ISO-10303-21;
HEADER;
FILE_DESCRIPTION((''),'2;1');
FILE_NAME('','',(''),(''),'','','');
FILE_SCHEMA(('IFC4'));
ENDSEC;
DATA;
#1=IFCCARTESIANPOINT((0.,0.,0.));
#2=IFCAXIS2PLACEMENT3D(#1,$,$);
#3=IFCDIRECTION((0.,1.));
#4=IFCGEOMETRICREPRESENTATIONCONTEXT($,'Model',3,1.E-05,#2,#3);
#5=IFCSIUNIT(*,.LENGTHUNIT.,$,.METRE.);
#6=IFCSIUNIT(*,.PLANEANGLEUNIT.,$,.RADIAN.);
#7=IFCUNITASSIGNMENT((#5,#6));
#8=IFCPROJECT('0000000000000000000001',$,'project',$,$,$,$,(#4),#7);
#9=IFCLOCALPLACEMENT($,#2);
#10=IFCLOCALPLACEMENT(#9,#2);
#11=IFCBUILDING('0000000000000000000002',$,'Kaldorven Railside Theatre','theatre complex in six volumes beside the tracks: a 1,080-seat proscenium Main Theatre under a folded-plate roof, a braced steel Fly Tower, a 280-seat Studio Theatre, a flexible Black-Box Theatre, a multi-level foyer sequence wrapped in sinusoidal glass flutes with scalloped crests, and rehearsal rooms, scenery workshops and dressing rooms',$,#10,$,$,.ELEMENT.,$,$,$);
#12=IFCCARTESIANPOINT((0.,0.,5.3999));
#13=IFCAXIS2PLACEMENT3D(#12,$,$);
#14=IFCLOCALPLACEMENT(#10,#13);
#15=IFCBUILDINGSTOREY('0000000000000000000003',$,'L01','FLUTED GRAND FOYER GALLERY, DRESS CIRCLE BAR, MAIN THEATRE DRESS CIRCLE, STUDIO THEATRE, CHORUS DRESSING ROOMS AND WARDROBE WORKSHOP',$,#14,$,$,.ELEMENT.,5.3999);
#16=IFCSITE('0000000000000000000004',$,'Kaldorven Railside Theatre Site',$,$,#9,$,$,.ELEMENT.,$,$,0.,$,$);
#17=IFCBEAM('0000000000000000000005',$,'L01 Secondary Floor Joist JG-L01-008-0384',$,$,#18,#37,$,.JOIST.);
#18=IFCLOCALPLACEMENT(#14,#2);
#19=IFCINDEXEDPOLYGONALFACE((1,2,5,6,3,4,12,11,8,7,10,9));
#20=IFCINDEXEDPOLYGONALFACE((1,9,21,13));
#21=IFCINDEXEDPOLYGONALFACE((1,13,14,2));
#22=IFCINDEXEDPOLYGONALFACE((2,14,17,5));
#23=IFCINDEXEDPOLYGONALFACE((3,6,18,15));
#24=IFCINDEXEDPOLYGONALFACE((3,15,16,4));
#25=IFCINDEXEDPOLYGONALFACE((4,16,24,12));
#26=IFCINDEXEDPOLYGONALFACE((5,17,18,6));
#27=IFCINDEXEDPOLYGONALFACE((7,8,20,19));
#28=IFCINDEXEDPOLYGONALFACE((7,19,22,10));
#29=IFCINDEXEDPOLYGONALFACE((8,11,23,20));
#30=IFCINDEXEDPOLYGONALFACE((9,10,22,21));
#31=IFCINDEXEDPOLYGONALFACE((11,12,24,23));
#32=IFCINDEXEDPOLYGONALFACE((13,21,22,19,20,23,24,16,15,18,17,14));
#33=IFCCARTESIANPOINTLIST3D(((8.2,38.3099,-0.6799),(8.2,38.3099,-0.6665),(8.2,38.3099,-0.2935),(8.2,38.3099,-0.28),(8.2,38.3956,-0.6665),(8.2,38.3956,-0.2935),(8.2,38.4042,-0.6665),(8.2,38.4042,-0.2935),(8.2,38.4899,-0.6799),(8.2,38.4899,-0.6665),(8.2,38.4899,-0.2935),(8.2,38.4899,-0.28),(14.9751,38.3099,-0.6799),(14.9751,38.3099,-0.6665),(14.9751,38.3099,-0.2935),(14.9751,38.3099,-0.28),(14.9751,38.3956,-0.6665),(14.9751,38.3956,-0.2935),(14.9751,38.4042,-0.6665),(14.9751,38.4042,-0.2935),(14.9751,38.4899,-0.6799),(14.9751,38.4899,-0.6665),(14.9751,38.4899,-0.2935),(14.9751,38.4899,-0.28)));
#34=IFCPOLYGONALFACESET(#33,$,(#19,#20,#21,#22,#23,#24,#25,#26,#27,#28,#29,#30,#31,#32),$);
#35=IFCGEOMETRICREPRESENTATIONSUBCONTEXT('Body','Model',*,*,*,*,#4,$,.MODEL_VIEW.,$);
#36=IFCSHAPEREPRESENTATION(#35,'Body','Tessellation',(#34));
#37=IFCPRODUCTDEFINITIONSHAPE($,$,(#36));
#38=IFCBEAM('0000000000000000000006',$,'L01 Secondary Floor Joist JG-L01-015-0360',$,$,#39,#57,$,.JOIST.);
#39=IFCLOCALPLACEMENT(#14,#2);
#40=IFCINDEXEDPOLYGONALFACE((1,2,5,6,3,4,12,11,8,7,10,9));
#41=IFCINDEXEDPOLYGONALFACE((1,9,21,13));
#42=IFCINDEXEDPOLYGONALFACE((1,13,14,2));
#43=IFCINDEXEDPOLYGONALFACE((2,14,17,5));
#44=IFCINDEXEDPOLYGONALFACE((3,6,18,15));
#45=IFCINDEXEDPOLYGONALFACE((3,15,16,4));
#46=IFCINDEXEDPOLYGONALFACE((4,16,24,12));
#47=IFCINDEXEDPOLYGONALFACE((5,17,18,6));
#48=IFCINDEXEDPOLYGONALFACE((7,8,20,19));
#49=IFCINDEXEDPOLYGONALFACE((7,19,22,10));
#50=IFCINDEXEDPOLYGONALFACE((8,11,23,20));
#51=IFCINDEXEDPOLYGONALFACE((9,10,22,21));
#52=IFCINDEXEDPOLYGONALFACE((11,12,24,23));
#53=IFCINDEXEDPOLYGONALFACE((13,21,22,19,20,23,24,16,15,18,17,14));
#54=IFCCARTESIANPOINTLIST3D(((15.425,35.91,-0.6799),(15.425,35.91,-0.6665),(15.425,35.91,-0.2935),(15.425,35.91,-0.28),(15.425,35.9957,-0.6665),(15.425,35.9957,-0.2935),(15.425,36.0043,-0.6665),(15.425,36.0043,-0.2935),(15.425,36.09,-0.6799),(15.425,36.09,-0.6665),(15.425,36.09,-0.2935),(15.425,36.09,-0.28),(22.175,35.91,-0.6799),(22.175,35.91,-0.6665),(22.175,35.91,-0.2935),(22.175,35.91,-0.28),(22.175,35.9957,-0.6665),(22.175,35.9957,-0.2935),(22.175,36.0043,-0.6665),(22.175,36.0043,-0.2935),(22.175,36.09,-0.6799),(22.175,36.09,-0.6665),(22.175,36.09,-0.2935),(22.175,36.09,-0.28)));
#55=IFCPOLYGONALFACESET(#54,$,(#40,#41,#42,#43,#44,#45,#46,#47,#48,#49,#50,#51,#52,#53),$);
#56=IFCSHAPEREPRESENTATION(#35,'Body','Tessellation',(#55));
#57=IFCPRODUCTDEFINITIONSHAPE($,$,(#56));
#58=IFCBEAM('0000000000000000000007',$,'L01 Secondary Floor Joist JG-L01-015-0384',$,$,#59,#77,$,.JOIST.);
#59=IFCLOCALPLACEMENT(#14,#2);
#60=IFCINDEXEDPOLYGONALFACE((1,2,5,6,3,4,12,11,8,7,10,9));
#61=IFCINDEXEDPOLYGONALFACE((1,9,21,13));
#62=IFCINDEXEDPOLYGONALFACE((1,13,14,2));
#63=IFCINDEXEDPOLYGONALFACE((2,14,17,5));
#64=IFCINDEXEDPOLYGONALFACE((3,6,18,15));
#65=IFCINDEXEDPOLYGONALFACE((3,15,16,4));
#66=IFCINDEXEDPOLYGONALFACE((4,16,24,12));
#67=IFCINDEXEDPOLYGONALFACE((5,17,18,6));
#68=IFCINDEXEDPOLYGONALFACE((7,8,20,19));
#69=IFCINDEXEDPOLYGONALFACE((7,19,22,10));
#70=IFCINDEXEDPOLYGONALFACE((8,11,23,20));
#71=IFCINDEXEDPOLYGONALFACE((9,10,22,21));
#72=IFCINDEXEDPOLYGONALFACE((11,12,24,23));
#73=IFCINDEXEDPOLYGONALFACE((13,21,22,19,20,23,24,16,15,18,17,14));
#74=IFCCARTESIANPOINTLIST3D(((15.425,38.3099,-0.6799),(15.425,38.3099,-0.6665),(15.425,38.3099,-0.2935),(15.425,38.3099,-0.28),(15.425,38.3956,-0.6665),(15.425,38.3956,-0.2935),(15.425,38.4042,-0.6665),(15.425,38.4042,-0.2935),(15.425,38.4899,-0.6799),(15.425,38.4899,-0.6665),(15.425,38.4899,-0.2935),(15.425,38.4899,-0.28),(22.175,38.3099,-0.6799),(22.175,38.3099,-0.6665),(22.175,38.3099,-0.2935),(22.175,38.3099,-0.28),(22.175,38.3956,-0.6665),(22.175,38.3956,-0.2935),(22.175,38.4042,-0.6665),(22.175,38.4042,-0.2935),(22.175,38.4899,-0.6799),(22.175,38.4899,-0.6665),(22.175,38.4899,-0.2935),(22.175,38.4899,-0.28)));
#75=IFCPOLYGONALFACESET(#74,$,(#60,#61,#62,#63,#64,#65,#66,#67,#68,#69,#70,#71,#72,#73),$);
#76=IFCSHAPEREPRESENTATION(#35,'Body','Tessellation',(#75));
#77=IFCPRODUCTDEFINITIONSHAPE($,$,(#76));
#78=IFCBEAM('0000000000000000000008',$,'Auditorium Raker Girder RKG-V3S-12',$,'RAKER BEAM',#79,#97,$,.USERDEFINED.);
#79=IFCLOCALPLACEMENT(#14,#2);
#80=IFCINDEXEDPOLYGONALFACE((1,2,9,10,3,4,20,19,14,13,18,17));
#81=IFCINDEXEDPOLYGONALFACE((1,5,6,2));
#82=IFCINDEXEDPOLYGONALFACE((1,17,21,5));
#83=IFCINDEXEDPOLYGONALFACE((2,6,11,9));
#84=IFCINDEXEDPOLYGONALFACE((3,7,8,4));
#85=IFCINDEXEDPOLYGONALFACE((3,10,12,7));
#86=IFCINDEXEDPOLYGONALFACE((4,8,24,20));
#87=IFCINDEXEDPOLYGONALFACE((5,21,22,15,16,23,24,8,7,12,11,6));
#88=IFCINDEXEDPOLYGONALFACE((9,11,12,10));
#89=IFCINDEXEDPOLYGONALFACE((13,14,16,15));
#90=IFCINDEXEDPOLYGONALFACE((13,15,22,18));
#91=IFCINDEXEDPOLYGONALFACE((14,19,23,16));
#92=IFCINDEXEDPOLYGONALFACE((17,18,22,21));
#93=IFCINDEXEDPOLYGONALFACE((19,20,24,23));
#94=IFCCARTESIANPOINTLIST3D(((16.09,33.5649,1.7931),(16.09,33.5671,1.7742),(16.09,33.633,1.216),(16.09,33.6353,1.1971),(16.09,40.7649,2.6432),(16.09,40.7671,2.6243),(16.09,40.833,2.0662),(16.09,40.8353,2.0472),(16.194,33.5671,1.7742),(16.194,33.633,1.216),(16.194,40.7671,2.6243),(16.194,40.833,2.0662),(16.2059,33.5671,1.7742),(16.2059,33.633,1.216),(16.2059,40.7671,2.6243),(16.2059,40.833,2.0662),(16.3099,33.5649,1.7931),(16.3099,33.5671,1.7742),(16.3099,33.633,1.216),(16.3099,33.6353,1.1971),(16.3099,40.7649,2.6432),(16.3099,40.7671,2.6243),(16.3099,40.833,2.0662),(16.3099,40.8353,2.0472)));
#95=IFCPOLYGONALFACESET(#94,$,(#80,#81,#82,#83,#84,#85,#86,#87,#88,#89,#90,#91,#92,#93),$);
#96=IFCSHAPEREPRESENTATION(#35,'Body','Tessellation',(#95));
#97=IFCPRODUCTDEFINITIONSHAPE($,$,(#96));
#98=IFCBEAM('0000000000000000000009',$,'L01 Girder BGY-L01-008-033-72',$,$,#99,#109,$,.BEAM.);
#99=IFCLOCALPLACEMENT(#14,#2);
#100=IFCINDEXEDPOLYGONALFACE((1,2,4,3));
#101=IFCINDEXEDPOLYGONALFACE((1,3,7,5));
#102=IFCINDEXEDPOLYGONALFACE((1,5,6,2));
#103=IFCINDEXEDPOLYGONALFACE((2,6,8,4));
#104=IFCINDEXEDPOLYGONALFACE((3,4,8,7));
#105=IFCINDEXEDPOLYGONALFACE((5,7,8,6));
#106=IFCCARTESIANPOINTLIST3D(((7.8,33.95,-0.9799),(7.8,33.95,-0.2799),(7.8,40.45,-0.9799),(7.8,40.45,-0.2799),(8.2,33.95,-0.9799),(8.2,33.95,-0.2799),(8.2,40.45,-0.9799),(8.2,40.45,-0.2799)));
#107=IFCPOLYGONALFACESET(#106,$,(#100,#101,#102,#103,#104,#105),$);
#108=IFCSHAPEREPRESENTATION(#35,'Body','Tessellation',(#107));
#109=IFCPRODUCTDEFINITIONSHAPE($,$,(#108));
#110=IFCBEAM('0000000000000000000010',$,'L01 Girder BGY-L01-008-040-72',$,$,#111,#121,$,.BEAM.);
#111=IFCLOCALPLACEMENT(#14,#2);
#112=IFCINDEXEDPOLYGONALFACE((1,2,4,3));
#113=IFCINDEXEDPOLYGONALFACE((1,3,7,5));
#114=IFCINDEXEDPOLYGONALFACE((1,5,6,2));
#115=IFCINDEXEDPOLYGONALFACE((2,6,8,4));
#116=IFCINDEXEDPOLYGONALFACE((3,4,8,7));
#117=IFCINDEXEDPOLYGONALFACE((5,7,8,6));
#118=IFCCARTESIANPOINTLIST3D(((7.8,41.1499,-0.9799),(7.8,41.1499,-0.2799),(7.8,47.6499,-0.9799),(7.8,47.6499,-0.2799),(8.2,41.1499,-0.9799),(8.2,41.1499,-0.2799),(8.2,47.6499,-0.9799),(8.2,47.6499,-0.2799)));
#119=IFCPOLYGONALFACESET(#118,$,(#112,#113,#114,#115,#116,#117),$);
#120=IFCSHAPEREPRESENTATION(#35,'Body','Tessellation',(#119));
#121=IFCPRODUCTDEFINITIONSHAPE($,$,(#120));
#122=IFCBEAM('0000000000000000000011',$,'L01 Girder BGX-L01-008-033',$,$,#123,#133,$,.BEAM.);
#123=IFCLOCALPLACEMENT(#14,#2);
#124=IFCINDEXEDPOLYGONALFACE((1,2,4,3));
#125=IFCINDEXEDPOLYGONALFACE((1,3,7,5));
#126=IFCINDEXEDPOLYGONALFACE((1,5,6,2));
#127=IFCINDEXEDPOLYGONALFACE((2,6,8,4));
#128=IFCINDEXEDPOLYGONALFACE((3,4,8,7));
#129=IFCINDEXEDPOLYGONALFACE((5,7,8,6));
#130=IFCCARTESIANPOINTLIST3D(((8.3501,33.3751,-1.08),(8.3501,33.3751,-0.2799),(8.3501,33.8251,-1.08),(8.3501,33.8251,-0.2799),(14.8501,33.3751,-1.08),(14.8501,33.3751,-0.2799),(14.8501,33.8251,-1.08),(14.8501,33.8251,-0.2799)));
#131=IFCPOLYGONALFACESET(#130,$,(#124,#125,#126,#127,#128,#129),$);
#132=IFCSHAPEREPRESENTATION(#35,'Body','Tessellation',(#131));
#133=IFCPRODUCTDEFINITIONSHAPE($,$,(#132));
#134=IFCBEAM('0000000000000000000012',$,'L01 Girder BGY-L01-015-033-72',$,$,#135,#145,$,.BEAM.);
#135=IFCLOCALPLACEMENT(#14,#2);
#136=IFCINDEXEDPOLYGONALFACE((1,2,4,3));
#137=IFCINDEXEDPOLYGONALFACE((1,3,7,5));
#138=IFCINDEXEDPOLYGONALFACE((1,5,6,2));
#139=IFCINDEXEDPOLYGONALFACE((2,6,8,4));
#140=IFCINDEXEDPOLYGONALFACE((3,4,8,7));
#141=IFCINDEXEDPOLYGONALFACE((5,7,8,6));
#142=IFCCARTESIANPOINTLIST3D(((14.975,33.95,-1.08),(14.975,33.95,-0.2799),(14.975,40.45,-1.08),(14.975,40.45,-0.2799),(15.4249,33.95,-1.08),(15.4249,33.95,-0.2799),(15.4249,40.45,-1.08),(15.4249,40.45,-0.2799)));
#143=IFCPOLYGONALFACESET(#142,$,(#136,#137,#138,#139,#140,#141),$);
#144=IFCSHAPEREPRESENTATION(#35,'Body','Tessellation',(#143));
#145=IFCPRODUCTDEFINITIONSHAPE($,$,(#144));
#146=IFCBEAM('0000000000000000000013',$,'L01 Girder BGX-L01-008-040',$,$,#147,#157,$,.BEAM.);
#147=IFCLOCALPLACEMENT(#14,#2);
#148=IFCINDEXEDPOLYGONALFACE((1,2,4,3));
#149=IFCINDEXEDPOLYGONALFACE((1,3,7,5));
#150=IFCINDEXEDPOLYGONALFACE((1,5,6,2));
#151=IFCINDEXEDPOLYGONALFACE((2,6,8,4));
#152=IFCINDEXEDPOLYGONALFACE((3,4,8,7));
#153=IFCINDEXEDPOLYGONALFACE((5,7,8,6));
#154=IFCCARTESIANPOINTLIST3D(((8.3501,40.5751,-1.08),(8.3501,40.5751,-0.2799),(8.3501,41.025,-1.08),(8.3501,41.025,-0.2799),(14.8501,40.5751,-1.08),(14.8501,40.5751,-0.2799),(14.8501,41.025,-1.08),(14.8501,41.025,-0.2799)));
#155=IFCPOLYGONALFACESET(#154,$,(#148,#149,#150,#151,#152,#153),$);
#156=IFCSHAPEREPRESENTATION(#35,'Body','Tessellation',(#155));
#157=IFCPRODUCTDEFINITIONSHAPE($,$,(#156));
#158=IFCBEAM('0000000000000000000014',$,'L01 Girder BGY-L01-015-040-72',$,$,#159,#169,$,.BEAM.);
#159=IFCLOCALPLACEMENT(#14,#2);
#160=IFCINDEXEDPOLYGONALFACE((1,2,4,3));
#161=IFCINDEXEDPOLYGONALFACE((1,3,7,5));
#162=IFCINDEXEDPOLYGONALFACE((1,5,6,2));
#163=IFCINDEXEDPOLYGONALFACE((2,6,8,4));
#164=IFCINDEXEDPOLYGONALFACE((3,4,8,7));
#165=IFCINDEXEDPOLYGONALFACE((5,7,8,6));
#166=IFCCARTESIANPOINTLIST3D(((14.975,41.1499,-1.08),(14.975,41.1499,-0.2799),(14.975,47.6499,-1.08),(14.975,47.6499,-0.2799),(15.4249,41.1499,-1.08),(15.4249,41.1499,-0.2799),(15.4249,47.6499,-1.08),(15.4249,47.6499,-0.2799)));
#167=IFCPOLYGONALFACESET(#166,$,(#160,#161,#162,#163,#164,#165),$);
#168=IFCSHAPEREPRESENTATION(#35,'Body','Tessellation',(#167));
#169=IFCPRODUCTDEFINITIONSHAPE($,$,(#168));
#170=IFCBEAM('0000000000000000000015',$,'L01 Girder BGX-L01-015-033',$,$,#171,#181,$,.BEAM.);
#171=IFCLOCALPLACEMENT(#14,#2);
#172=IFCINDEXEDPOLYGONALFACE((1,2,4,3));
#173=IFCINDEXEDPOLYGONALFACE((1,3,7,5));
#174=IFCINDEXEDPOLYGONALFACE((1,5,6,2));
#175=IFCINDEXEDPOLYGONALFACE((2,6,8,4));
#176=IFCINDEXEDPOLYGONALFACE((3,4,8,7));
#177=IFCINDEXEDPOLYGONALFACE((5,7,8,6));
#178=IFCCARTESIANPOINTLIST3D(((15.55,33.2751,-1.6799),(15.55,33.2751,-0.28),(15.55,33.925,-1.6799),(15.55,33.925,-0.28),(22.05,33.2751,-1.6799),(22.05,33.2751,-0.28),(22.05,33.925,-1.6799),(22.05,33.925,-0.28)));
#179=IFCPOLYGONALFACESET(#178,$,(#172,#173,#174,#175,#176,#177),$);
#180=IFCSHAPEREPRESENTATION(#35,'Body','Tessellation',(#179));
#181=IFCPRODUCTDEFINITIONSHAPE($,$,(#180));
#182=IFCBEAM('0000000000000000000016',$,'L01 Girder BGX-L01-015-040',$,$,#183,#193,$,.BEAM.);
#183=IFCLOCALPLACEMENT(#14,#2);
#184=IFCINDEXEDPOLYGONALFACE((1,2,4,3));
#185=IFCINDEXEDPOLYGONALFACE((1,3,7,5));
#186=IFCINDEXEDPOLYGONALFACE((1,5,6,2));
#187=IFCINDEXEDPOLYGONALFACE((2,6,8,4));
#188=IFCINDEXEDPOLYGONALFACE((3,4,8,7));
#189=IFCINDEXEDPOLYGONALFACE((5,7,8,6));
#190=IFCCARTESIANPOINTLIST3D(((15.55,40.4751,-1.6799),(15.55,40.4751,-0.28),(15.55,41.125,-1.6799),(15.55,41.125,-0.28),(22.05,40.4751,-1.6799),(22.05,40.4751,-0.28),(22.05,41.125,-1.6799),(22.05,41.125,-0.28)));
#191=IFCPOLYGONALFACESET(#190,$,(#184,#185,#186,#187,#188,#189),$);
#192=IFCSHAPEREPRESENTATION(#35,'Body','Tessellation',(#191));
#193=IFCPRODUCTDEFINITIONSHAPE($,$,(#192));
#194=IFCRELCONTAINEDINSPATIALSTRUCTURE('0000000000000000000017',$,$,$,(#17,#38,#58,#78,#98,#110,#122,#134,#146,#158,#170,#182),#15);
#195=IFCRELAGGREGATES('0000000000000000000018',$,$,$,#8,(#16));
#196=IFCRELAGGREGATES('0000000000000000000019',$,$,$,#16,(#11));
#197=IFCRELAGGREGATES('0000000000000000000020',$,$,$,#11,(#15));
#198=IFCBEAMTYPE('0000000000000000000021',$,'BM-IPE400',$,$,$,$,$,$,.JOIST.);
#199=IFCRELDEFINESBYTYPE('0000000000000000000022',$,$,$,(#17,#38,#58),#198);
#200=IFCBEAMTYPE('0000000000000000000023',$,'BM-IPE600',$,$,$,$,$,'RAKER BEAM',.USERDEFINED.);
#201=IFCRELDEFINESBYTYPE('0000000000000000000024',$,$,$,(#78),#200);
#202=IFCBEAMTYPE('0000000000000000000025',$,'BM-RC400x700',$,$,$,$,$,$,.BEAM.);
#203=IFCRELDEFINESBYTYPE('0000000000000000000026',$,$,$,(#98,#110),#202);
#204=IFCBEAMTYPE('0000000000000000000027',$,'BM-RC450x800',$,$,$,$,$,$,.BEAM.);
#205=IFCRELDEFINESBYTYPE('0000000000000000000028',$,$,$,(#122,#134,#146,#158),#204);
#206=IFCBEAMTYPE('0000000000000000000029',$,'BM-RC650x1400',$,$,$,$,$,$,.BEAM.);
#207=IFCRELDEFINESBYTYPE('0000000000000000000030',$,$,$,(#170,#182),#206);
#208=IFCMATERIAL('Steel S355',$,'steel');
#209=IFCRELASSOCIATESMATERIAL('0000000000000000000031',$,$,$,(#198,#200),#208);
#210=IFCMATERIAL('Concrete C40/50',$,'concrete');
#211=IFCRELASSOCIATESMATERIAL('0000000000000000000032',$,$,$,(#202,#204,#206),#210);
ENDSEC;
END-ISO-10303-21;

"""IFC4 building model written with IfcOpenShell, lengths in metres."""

from ifc_helpers import new_model, si_unit, direction, frame, origin, origin_2d, place, context, subcontext, project, spatial, rectangle, i_section, extrude, material, material_profile, profile_set, type_object, element, save


model = new_model("IFC4")

# Units and contexts
model_context = context("Model", 3, precision=1e-05, world=origin(), true_north=direction((0.0, 1.0)))
body_context = subcontext(model_context, "Body", "Model", "MODEL_VIEW")
ifc_project = project(units=[si_unit("LENGTHUNIT", "METRE"), si_unit("PLANEANGLEUNIT", "RADIAN")], contexts=[model_context])

# Site, building, storey
site_placement = place(None, origin())
site = spatial("IfcSite", under=ifc_project, at=site_placement, Name="Kaldorven Railside Theatre Site", CompositionType="ELEMENT", RefElevation=0.0)
building_placement = place(site_placement, origin())
building = spatial("IfcBuilding", under=site, at=building_placement, Name="Kaldorven Railside Theatre", Description="theatre complex in six volumes beside the tracks: a 1,080-seat proscenium Main Theatre under a folded-plate roof, a braced steel Fly Tower, a 280-seat Studio Theatre, a flexible Black-Box Theatre, a multi-level foyer sequence wrapped in sinusoidal glass flutes with scalloped crests, and rehearsal rooms, scenery workshops and dressing rooms", CompositionType="ELEMENT")
storey_placement = place(building_placement, frame((0.0, 0.0, 5.3999)))
storey = spatial("IfcBuildingStorey", under=building, at=storey_placement, Name="L01", Description="FLUTED GRAND FOYER GALLERY, DRESS CIRCLE BAR, MAIN THEATRE DRESS CIRCLE, STUDIO THEATRE, CHORUS DRESSING ROOMS AND WARDROBE WORKSHOP", CompositionType="ELEMENT", Elevation=5.3999)

# Shared definitions
ifc_material_1 = material(Name="Steel S355", Category="steel")
ifc_material_2 = material(Name="Concrete C40/50", Category="concrete")

# Beams
ifc_material_profile_1 = material_profile(ifc_material_1, i_section(OverallWidth=0.1799, OverallDepth=0.3999, WebThickness=0.0085, FlangeThickness=0.0134, at=origin_2d()), Name="IPE 400")
ifc_profile_set_1 = profile_set([ifc_material_profile_1], Name="Steel S355")
beam_type_1 = type_object("IfcBeamType", Name="BM-IPE400", PredefinedType="JOIST", material=ifc_profile_set_1)
for number, where, z_axis, x_axis, name in (
    (1, (8.2, 38.3999, -0.48), (1.0, 0.0, 0.0), (0.0, 1.0, 0.0), "L01 Secondary Floor Joist JG-L01-008-0384"),
):
    element("IfcBeam", number, at=place(storey_placement, frame(where, z_axis=z_axis, x_axis=x_axis)), inside=storey, type_object=beam_type_1, Name=name, PredefinedType="JOIST", context=body_context, shape_type="SweptSolid", body=[
        extrude(i_section(OverallWidth=0.1799, OverallDepth=0.3999, WebThickness=0.0085, FlangeThickness=0.0134, at=origin_2d()), origin(), (0.0, 0.0, 1.0), 6.7751),
    ])
for number, where, z_axis, x_axis, name in (
    (2, (15.425, 36.0, -0.48), (1.0, 0.0, 0.0), (0.0, 1.0, 0.0), "L01 Secondary Floor Joist JG-L01-015-0360"),
    (3, (15.425, 38.3999, -0.48), (1.0, 0.0, 0.0), (0.0, 1.0, 0.0), "L01 Secondary Floor Joist JG-L01-015-0384"),
):
    element("IfcBeam", number, at=place(storey_placement, frame(where, z_axis=z_axis, x_axis=x_axis)), inside=storey, type_object=beam_type_1, Name=name, PredefinedType="JOIST", context=body_context, shape_type="SweptSolid", body=[
        extrude(i_section(OverallWidth=0.1799, OverallDepth=0.3999, WebThickness=0.0085, FlangeThickness=0.0134, at=origin_2d()), origin(), (0.0, 0.0, 1.0), 6.75),
    ])
ifc_material_profile_2 = material_profile(ifc_material_1, i_section(OverallWidth=0.22, OverallDepth=0.6001, WebThickness=0.012, FlangeThickness=0.019, at=origin_2d()), Name="IPE 600")
ifc_profile_set_2 = profile_set([ifc_material_profile_2], Name="Steel S355")
beam_type_2 = type_object("IfcBeamType", Name="BM-IPE600", ElementType="RAKER BEAM", PredefinedType="USERDEFINED", material=ifc_profile_set_2)
beam_placement = place(storey_placement, frame((16.2, 33.6001, 1.4951), z_axis=(0.0, 0.993102, 0.117255), x_axis=(-1.0, 0.0, 0.0)))
element("IfcBeam", 4, at=beam_placement, inside=storey, type_object=beam_type_2, Name="Auditorium Raker Girder RKG-V3S-12", ObjectType="RAKER BEAM", PredefinedType="USERDEFINED", context=body_context, shape_type="SweptSolid", body=[
    extrude(i_section(OverallWidth=0.22, OverallDepth=0.6001, WebThickness=0.012, FlangeThickness=0.019, at=origin_2d()), origin(), (0.0, 0.0, 1.0), 7.25),
])
ifc_material_profile_3 = material_profile(ifc_material_2, rectangle(XDim=0.3999, YDim=0.7, at=origin_2d()), Name="RC 400x700")
ifc_profile_set_3 = profile_set([ifc_material_profile_3], Name="Concrete C40/50")
beam_type_3 = type_object("IfcBeamType", Name="BM-RC400x700", PredefinedType="BEAM", material=ifc_profile_set_3)
for number, where, z_axis, x_axis, name in (
    (5, (8.0, 33.95, -0.6299), (0.0, 1.0, 0.0), (-1.0, 0.0, 0.0), "L01 Girder BGY-L01-008-033-72"),
    (6, (8.0, 41.1499, -0.6299), (0.0, 1.0, 0.0), (-1.0, 0.0, 0.0), "L01 Girder BGY-L01-008-040-72"),
):
    element("IfcBeam", number, at=place(storey_placement, frame(where, z_axis=z_axis, x_axis=x_axis)), inside=storey, type_object=beam_type_3, Name=name, PredefinedType="BEAM", context=body_context, shape_type="SweptSolid", body=[
        extrude(rectangle(XDim=0.3999, YDim=0.7, at=origin_2d()), origin(), (0.0, 0.0, 1.0), 6.5),
    ])
ifc_material_profile_4 = material_profile(ifc_material_2, rectangle(XDim=0.45, YDim=0.8, at=origin_2d()), Name="RC 450x800")
ifc_profile_set_4 = profile_set([ifc_material_profile_4], Name="Concrete C40/50")
beam_type_4 = type_object("IfcBeamType", Name="BM-RC450x800", PredefinedType="BEAM", material=ifc_profile_set_4)
for number, where, z_axis, x_axis, name in (
    (7, (8.3501, 33.6001, -0.6799), (1.0, 0.0, 0.0), (0.0, 1.0, 0.0), "L01 Girder BGX-L01-008-033"),
    (8, (15.2, 33.95, -0.6799), (0.0, 1.0, 0.0), (-1.0, 0.0, 0.0), "L01 Girder BGY-L01-015-033-72"),
    (9, (8.3501, 40.8, -0.6799), (1.0, 0.0, 0.0), (0.0, 1.0, 0.0), "L01 Girder BGX-L01-008-040"),
    (10, (15.2, 41.1499, -0.6799), (0.0, 1.0, 0.0), (-1.0, 0.0, 0.0), "L01 Girder BGY-L01-015-040-72"),
):
    element("IfcBeam", number, at=place(storey_placement, frame(where, z_axis=z_axis, x_axis=x_axis)), inside=storey, type_object=beam_type_4, Name=name, PredefinedType="BEAM", context=body_context, shape_type="SweptSolid", body=[
        extrude(rectangle(XDim=0.45, YDim=0.8, at=origin_2d()), origin(), (0.0, 0.0, 1.0), 6.5),
    ])
ifc_material_profile_5 = material_profile(ifc_material_2, rectangle(XDim=0.6499, YDim=1.3999, at=origin_2d()), Name="RC 650x1400")
ifc_profile_set_5 = profile_set([ifc_material_profile_5], Name="Concrete C40/50")
beam_type_5 = type_object("IfcBeamType", Name="BM-RC650x1400", PredefinedType="BEAM", material=ifc_profile_set_5)
for number, where, z_axis, x_axis, name in (
    (11, (15.55, 33.6001, -0.98), (1.0, 0.0, 0.0), (0.0, 1.0, 0.0), "L01 Girder BGX-L01-015-033"),
    (12, (15.55, 40.8, -0.98), (1.0, 0.0, 0.0), (0.0, 1.0, 0.0), "L01 Girder BGX-L01-015-040"),
):
    element("IfcBeam", number, at=place(storey_placement, frame(where, z_axis=z_axis, x_axis=x_axis)), inside=storey, type_object=beam_type_5, Name=name, PredefinedType="BEAM", context=body_context, shape_type="SweptSolid", body=[
        extrude(rectangle(XDim=0.6499, YDim=1.3999, at=origin_2d()), origin(), (0.0, 0.0, 1.0), 6.5),
    ])

save(model, "model.ifc")
